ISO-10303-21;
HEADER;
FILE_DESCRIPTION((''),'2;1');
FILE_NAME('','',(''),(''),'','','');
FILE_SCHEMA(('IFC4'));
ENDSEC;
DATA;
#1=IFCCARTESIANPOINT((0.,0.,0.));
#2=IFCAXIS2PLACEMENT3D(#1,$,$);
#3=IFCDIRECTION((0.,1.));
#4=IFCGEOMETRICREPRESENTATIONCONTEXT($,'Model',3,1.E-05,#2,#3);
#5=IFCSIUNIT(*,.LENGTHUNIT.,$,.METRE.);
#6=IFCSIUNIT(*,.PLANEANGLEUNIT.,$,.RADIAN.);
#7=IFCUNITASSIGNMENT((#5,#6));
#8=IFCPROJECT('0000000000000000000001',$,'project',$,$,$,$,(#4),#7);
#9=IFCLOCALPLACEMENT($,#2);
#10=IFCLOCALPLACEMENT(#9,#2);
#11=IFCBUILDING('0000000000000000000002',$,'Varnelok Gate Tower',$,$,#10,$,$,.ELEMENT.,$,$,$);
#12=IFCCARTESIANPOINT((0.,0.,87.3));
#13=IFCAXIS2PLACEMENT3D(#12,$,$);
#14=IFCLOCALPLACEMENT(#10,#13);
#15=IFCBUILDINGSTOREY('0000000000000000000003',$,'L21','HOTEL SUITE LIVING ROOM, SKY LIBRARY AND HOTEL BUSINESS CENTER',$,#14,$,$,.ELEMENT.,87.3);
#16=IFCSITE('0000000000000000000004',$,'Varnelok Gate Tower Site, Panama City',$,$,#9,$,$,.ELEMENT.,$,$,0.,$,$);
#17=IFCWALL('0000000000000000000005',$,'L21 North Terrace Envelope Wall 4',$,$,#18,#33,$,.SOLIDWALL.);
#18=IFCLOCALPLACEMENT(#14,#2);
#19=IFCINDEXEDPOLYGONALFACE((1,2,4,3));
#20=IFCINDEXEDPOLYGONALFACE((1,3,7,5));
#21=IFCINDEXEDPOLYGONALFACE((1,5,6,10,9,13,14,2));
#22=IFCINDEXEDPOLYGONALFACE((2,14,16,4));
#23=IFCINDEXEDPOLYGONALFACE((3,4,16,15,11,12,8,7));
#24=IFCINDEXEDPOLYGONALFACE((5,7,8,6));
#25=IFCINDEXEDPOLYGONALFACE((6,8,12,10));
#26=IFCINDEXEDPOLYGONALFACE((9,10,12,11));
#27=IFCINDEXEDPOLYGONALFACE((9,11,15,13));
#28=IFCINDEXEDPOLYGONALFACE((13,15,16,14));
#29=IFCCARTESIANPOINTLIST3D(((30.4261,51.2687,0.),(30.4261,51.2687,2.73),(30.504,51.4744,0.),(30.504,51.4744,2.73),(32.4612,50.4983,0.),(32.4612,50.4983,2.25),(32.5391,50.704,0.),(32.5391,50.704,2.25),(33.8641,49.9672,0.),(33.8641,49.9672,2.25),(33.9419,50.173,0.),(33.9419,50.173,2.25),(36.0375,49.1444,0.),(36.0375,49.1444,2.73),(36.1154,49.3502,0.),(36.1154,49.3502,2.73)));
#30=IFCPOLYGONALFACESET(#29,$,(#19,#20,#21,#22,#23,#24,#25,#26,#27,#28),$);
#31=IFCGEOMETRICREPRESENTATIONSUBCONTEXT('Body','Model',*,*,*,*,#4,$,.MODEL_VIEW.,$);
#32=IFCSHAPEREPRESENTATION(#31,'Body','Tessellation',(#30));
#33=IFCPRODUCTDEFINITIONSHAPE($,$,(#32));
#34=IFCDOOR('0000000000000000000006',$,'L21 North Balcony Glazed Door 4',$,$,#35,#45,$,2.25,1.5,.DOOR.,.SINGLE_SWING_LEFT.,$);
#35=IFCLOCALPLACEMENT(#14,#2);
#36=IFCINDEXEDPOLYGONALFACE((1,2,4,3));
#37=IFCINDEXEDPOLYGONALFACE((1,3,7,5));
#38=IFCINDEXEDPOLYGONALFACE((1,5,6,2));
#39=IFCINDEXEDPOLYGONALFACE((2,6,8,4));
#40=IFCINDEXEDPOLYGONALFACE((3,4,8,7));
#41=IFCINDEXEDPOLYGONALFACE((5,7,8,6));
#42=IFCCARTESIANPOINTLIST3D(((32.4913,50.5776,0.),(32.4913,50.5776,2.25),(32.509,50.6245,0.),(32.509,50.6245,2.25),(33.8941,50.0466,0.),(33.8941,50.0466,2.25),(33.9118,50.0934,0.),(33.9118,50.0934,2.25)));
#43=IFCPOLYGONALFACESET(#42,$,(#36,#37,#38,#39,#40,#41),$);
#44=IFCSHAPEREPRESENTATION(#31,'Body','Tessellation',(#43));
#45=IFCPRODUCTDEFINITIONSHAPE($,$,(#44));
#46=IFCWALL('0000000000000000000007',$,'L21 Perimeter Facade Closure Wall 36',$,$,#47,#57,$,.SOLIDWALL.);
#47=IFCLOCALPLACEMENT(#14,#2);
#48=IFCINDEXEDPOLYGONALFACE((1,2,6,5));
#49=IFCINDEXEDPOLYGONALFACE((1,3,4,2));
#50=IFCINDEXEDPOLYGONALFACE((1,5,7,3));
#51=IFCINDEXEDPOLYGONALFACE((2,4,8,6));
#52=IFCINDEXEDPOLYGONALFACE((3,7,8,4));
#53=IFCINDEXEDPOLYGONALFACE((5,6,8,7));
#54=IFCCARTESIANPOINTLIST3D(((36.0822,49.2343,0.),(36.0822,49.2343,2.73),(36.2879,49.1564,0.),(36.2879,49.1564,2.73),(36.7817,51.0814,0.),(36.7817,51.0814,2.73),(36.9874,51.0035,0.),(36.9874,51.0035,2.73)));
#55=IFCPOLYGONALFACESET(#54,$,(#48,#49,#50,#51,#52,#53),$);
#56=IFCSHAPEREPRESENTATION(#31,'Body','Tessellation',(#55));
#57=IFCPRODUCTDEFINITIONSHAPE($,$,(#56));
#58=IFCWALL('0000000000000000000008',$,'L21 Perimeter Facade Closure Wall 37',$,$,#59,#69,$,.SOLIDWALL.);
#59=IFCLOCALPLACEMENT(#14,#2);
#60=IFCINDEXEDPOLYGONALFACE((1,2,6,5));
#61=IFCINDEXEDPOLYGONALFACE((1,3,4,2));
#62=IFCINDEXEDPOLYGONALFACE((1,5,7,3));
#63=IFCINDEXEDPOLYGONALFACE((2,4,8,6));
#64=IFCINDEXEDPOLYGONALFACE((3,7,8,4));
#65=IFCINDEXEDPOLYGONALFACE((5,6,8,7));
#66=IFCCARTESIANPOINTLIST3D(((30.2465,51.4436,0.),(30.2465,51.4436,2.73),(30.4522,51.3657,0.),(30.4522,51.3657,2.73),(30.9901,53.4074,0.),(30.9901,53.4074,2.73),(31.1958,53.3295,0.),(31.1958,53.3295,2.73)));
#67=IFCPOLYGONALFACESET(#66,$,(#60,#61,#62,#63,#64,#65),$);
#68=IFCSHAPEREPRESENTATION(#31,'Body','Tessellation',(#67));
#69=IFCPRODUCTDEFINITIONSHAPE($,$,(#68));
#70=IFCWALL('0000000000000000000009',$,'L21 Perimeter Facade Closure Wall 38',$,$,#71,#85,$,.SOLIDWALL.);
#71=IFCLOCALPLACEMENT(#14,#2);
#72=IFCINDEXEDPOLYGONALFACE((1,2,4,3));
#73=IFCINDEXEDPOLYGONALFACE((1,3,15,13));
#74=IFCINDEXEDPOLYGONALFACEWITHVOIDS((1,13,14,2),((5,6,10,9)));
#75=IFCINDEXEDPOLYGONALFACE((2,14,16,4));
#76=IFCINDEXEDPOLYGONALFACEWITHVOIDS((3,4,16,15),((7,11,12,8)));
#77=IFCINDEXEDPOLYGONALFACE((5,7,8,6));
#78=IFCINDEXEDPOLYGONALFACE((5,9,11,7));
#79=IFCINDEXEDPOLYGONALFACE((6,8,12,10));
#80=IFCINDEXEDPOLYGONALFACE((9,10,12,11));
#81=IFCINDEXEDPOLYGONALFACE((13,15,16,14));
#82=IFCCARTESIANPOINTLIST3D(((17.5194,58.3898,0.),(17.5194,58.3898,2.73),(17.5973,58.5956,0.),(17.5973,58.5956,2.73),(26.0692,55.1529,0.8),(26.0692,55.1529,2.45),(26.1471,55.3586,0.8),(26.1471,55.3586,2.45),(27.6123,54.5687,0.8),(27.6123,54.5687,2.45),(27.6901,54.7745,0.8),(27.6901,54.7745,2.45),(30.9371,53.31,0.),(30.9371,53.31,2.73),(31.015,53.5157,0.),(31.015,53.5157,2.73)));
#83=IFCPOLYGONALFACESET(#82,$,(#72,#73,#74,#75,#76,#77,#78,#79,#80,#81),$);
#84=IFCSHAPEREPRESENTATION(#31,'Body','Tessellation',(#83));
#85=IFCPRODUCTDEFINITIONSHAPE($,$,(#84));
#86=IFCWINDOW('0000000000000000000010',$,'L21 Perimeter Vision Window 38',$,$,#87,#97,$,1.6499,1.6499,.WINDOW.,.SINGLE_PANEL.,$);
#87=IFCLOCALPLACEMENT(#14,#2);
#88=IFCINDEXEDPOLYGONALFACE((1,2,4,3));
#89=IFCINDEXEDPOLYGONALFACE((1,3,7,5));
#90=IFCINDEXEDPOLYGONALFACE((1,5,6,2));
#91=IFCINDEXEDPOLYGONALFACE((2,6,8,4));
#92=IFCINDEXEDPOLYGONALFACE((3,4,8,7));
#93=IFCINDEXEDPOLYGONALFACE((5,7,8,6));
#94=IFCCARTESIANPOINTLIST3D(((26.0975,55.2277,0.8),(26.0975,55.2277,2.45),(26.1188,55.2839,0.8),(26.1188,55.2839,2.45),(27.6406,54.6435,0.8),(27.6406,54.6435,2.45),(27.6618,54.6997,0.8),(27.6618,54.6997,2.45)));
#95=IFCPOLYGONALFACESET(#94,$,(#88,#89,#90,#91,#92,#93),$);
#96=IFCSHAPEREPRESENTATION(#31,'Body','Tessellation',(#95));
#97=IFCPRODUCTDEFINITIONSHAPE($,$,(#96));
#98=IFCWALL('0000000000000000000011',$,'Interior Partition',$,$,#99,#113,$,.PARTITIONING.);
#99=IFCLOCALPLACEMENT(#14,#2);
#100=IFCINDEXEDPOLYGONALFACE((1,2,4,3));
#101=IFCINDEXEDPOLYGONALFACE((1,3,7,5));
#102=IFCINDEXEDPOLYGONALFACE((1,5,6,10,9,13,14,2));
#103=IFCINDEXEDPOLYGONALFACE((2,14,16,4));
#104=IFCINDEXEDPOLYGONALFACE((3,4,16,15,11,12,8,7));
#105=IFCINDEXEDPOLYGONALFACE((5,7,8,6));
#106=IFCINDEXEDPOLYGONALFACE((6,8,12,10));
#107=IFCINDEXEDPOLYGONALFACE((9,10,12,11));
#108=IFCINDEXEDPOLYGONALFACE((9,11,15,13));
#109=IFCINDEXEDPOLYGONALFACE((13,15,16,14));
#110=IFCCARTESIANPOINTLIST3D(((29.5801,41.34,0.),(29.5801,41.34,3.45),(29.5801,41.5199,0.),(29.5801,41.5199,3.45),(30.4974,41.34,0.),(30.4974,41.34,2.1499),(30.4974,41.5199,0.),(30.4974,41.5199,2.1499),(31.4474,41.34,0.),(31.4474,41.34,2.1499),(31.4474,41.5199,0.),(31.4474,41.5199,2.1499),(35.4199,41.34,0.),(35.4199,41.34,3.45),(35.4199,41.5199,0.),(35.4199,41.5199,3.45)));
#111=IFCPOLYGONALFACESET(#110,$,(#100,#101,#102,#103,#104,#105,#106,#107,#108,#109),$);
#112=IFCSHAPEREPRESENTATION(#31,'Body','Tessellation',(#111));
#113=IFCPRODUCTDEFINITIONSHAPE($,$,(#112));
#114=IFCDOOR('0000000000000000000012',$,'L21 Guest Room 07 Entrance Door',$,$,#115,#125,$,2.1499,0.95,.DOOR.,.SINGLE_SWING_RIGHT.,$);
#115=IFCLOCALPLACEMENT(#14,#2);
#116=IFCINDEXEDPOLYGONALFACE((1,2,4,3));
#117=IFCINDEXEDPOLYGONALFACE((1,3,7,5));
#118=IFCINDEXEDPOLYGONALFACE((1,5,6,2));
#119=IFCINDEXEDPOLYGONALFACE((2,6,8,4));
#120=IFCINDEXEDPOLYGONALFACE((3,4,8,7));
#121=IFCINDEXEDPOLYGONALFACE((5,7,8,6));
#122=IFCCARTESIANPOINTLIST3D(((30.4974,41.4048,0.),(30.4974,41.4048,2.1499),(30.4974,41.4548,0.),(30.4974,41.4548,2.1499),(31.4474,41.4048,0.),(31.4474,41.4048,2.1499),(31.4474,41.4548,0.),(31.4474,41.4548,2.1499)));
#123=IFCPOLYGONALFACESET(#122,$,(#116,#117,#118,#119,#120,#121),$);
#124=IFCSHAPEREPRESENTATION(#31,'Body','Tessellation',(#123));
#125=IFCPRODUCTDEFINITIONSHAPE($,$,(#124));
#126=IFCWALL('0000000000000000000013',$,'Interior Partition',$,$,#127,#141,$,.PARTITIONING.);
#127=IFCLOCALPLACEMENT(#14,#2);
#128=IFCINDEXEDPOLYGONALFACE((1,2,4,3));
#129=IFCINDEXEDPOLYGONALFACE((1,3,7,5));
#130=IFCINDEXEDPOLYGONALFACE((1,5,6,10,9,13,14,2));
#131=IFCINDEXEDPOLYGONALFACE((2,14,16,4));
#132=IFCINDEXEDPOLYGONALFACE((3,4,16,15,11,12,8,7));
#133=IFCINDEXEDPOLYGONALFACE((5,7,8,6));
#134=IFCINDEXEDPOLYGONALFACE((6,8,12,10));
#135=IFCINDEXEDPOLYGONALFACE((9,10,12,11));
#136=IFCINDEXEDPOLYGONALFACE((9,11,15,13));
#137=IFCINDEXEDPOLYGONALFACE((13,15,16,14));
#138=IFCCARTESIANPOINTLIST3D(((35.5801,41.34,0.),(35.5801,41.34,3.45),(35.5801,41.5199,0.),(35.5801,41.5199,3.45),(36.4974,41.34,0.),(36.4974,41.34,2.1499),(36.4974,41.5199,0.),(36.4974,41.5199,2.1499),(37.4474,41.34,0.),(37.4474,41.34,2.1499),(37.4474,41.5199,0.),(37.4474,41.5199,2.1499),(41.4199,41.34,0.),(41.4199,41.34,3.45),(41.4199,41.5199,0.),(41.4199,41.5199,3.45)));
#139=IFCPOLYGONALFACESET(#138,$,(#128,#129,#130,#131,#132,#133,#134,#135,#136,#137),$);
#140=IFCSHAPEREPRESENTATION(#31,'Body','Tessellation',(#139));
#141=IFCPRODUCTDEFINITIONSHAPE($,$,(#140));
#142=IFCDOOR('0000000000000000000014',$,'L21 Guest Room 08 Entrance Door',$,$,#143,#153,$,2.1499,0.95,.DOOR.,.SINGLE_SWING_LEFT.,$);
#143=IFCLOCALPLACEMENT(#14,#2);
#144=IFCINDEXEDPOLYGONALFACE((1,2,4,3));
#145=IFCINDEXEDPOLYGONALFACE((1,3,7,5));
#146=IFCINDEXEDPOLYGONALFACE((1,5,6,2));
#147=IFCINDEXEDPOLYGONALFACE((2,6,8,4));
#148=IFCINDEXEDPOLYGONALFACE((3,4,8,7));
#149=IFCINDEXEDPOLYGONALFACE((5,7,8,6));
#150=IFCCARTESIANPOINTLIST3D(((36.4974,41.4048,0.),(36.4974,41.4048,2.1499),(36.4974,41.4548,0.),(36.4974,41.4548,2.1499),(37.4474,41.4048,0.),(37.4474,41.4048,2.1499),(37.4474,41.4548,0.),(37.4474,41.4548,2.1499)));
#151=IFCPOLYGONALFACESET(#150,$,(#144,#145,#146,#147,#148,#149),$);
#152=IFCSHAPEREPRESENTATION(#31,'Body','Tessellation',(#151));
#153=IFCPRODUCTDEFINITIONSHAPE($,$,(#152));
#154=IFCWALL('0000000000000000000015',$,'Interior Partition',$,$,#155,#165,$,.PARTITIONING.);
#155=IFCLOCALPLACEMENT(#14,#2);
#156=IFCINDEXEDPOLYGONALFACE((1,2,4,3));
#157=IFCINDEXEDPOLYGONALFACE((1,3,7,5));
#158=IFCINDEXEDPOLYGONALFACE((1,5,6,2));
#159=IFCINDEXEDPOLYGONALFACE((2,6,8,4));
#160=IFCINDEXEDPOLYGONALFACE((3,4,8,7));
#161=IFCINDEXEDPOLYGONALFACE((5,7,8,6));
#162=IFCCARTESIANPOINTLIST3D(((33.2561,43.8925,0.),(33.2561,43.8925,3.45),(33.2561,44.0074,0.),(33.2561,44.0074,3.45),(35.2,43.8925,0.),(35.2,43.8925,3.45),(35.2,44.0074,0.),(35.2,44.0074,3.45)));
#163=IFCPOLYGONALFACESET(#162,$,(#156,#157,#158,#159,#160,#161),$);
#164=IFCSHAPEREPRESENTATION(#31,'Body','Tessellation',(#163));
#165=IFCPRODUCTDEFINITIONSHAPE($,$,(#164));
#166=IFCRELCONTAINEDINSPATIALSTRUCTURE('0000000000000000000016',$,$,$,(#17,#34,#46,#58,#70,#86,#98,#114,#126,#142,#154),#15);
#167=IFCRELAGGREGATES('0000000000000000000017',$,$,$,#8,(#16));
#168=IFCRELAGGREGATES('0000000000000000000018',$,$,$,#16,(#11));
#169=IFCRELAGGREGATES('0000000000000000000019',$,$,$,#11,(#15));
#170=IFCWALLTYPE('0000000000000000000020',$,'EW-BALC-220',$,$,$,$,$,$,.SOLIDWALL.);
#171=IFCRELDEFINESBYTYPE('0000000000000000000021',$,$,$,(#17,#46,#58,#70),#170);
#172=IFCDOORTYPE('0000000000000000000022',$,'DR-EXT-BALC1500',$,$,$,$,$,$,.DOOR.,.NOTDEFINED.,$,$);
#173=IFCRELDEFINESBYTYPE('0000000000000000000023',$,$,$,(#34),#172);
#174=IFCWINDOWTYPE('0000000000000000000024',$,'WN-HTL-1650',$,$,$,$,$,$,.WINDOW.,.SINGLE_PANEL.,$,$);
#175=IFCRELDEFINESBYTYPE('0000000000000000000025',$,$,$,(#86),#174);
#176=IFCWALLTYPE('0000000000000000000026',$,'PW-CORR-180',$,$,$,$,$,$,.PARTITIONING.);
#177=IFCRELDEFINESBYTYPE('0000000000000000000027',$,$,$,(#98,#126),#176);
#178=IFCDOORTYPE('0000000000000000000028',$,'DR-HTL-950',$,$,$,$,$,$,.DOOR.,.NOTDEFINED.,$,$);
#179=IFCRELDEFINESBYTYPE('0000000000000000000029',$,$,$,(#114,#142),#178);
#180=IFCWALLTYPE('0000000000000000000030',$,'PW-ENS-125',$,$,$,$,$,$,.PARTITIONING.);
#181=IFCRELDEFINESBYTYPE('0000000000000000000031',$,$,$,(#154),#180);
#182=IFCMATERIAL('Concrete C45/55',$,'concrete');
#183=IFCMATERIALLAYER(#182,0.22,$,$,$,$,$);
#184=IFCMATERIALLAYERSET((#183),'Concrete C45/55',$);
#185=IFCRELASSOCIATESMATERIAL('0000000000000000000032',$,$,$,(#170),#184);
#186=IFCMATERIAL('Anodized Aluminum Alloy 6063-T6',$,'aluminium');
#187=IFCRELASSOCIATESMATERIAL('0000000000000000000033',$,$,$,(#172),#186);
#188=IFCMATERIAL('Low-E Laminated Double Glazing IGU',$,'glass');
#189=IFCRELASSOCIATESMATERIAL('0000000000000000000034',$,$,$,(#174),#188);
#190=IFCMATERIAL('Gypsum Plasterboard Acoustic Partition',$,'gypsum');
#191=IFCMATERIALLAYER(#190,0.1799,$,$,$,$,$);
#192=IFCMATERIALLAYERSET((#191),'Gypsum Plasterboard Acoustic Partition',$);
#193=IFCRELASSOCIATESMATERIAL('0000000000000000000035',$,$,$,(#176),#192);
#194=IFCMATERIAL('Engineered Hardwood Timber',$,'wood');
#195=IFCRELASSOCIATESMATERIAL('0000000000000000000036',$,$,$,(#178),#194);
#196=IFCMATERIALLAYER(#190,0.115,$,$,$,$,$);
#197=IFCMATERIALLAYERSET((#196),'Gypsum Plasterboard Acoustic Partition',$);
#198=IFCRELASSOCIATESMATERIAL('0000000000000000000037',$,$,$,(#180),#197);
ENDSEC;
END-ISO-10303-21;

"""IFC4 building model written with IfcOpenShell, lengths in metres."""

from ifc_helpers import new_model, si_unit, direction, frame, frame_2d, origin, place, context, subcontext, project, spatial, rectangle, extrude, material, layer, layer_set, type_object, element, fill, save


model = new_model("IFC4")

# Units and contexts
model_context = context("Model", 3, precision=1e-05, world=origin(), true_north=direction((0.0, 1.0)))
body_context = subcontext(model_context, "Body", "Model", "MODEL_VIEW")
ifc_project = project(units=[si_unit("LENGTHUNIT", "METRE"), si_unit("PLANEANGLEUNIT", "RADIAN")], contexts=[model_context])

# Site, building, storey
site_placement = place(None, origin())
site = spatial("IfcSite", under=ifc_project, at=site_placement, Name="Varnelok Gate Tower Site, Panama City", CompositionType="ELEMENT", RefElevation=0.0)
building_placement = place(site_placement, origin())
building = spatial("IfcBuilding", under=site, at=building_placement, Name="Varnelok Gate Tower", CompositionType="ELEMENT")
storey_placement = place(building_placement, frame((0.0, 0.0, 87.3)))
storey = spatial("IfcBuildingStorey", under=building, at=storey_placement, Name="L21", Description="HOTEL SUITE LIVING ROOM, SKY LIBRARY AND HOTEL BUSINESS CENTER", CompositionType="ELEMENT", Elevation=87.3)

# Wall, opening, door
ifc_material_1 = material(Name="Concrete C45/55", Category="concrete")
ifc_layer_1 = layer(ifc_material_1, 0.22)
ifc_layer_set_1 = layer_set([ifc_layer_1], Name="Concrete C45/55")
wall_type_1 = type_object("IfcWallType", Name="EW-BALC-220", PredefinedType="SOLIDWALL", material=ifc_layer_set_1)
wall_1_placement = place(storey_placement, frame((30.4651, 51.3716, 0.0), z_axis=(0.0, 0.0, 1.0), x_axis=(0.935228, -0.354047, 0.0)))
wall_1 = element("IfcWall", 1, at=wall_1_placement, inside=storey, type_object=wall_type_1, Name="L21 North Terrace Envelope Wall 4", PredefinedType="SOLIDWALL", context=body_context, shape_type="SweptSolid", body=[
    extrude(rectangle(XDim=6.0, YDim=0.22, at=frame_2d((3.0, 0.0))), origin(), (0.0, 0.0, 1.0), 2.73),
])
opening_1_placement = place(wall_1_placement, frame((2.176, 0.0, 0.0)))
opening_1 = element("IfcOpeningElement", 2, at=opening_1_placement, cuts=wall_1, PredefinedType="OPENING", context=body_context, shape_type="SweptSolid", body=[
    extrude(rectangle(XDim=1.5, YDim=2.25, at=frame_2d((0.75, 1.125))), frame((0.0, 0.1199, 0.0), z_axis=(0.0, -1.0, 0.0), x_axis=(1.0, 0.0, 0.0)), (0.0, 0.0, 1.0), 0.24),
])
ifc_material_2 = material(Name="Anodized Aluminum Alloy 6063-T6", Category="aluminium")
door_type_1 = type_object("IfcDoorType", Name="DR-EXT-BALC1500", OperationType="NOTDEFINED", PredefinedType="DOOR", material=ifc_material_2)
door_1_placement = place(opening_1_placement, origin())
door_1 = element("IfcDoor", 3, at=door_1_placement, inside=storey, type_object=door_type_1, Name="L21 North Balcony Glazed Door 4", OperationType="SINGLE_SWING_LEFT", OverallHeight=2.25, OverallWidth=1.5, PredefinedType="DOOR", context=body_context, shape_type="SweptSolid", body=[
    extrude(rectangle(XDim=1.5, YDim=2.25, at=frame_2d((0.75, 1.125))), frame((0.0, 0.0249, 0.0), z_axis=(0.0, -1.0, 0.0), x_axis=(1.0, 0.0, 0.0)), (0.0, 0.0, 1.0), 0.05),
])
fill(opening_1, door_1)

# Walls
wall_2_placement = place(storey_placement, frame((36.8845, 51.0425, 0.0), z_axis=(0.0, 0.0, 1.0), x_axis=(-0.354129, -0.935197, 0.0)))
element("IfcWall", 4, at=wall_2_placement, inside=storey, type_object=wall_type_1, Name="L21 Perimeter Facade Closure Wall 36", PredefinedType="SOLIDWALL", context=body_context, shape_type="SweptSolid", body=[
    extrude(rectangle(XDim=1.9751, YDim=0.22, at=frame_2d((0.9875, 0.0))), origin(), (0.0, 0.0, 1.0), 2.73),
])
wall_3_placement = place(storey_placement, frame((30.3494, 51.4048, 0.0), z_axis=(0.0, 0.0, 1.0), x_axis=(0.354128, 0.935197, 0.0)))
element("IfcWall", 5, at=wall_3_placement, inside=storey, type_object=wall_type_1, Name="L21 Perimeter Facade Closure Wall 37", PredefinedType="SOLIDWALL", context=body_context, shape_type="SweptSolid", body=[
    extrude(rectangle(XDim=2.0999, YDim=0.22, at=frame_2d((1.0498, 0.0))), origin(), (0.0, 0.0, 1.0), 2.73),
])

# Wall, opening, window
wall_4_placement = place(storey_placement, frame((30.9761, 53.4128, 0.0), z_axis=(0.0, 0.0, 1.0), x_axis=(-0.93522, 0.354066, 0.0)))
wall_4 = element("IfcWall", 6, at=wall_4_placement, inside=storey, type_object=wall_type_1, Name="L21 Perimeter Facade Closure Wall 38", PredefinedType="SOLIDWALL", context=body_context, shape_type="SweptSolid", body=[
    extrude(rectangle(XDim=14.3472, YDim=0.22, at=frame_2d((7.1736, 0.0))), origin(), (0.0, 0.0, 1.0), 2.73),
])
opening_2_placement = place(wall_4_placement, frame((3.5552, 0.0, 0.8)))
opening_2 = element("IfcOpeningElement", 7, at=opening_2_placement, cuts=wall_4, PredefinedType="OPENING", context=body_context, shape_type="SweptSolid", body=[
    extrude(rectangle(XDim=1.6499, YDim=1.6499, at=frame_2d((0.825, 0.825))), frame((0.0, 0.1199, 0.0), z_axis=(0.0, -1.0, 0.0), x_axis=(1.0, 0.0, 0.0)), (0.0, 0.0, 1.0), 0.24),
])
ifc_material_3 = material(Name="Low-E Laminated Double Glazing IGU", Category="glass")
window_type = type_object("IfcWindowType", Name="WN-HTL-1650", PartitioningType="SINGLE_PANEL", PredefinedType="WINDOW", material=ifc_material_3)
window_placement = place(opening_2_placement, origin())
window = element("IfcWindow", 8, at=window_placement, inside=storey, type_object=window_type, Name="L21 Perimeter Vision Window 38", OverallHeight=1.6499, OverallWidth=1.6499, PartitioningType="SINGLE_PANEL", PredefinedType="WINDOW", context=body_context, shape_type="SweptSolid", body=[
    extrude(rectangle(XDim=1.6499, YDim=1.6499, at=frame_2d((0.825, 0.825))), frame((0.0, 0.03, 0.0), z_axis=(0.0, -1.0, 0.0), x_axis=(1.0, 0.0, 0.0)), (0.0, 0.0, 1.0), 0.0601),
])
fill(opening_2, window)

# Walls, openings, doors
ifc_material_4 = material(Name="Gypsum Plasterboard Acoustic Partition", Category="gypsum")
ifc_layer_2 = layer(ifc_material_4, 0.1799)
ifc_layer_set_2 = layer_set([ifc_layer_2], Name="Gypsum Plasterboard Acoustic Partition")
wall_type_2 = type_object("IfcWallType", Name="PW-CORR-180", PredefinedType="PARTITIONING", material=ifc_layer_set_2)
wall_5_placement = place(storey_placement, frame((29.5801, 41.4299, 0.0), z_axis=(0.0, 0.0, 1.0), x_axis=(1.0, 0.0, 0.0)))
wall_5 = element("IfcWall", 9, at=wall_5_placement, inside=storey, type_object=wall_type_2, Name="Interior Partition", PredefinedType="PARTITIONING", context=body_context, shape_type="SweptSolid", body=[
    extrude(rectangle(XDim=5.8398, YDim=0.1799, at=frame_2d((2.9199, 0.0))), origin(), (0.0, 0.0, 1.0), 3.45),
])
opening_3_placement = place(wall_5_placement, frame((0.9172, 0.0, 0.0)))
opening_3 = element("IfcOpeningElement", 10, at=opening_3_placement, cuts=wall_5, PredefinedType="OPENING", context=body_context, shape_type="SweptSolid", body=[
    extrude(rectangle(XDim=0.95, YDim=2.1499, at=frame_2d((0.4751, 1.075))), frame((0.0, 0.0999, 0.0), z_axis=(0.0, -1.0, 0.0), x_axis=(1.0, 0.0, 0.0)), (0.0, 0.0, 1.0), 0.2),
])
ifc_material_5 = material(Name="Engineered Hardwood Timber", Category="wood")
door_type_2 = type_object("IfcDoorType", Name="DR-HTL-950", OperationType="NOTDEFINED", PredefinedType="DOOR", material=ifc_material_5)
door_2_placement = place(opening_3_placement, origin())
door_2 = element("IfcDoor", 11, at=door_2_placement, inside=storey, type_object=door_type_2, Name="L21 Guest Room 07 Entrance Door", OperationType="SINGLE_SWING_RIGHT", OverallHeight=2.1499, OverallWidth=0.95, PredefinedType="DOOR", context=body_context, shape_type="SweptSolid", body=[
    extrude(rectangle(XDim=0.95, YDim=2.1499, at=frame_2d((0.4751, 1.075))), frame((0.0, 0.0249, 0.0), z_axis=(0.0, -1.0, 0.0), x_axis=(1.0, 0.0, 0.0)), (0.0, 0.0, 1.0), 0.05),
])
fill(opening_3, door_2)
wall_6_placement = place(storey_placement, frame((35.5801, 41.4299, 0.0), z_axis=(0.0, 0.0, 1.0), x_axis=(1.0, 0.0, 0.0)))
wall_6 = element("IfcWall", 12, at=wall_6_placement, inside=storey, type_object=wall_type_2, Name="Interior Partition", PredefinedType="PARTITIONING", context=body_context, shape_type="SweptSolid", body=[
    extrude(rectangle(XDim=5.8398, YDim=0.1799, at=frame_2d((2.9199, 0.0))), origin(), (0.0, 0.0, 1.0), 3.45),
])
opening_4_placement = place(wall_6_placement, frame((0.9172, 0.0, 0.0)))
opening_4 = element("IfcOpeningElement", 13, at=opening_4_placement, cuts=wall_6, PredefinedType="OPENING", context=body_context, shape_type="SweptSolid", body=[
    extrude(rectangle(XDim=0.95, YDim=2.1499, at=frame_2d((0.4751, 1.075))), frame((0.0, 0.0999, 0.0), z_axis=(0.0, -1.0, 0.0), x_axis=(1.0, 0.0, 0.0)), (0.0, 0.0, 1.0), 0.2),
])
door_3_placement = place(opening_4_placement, origin())
door_3 = element("IfcDoor", 14, at=door_3_placement, inside=storey, type_object=door_type_2, Name="L21 Guest Room 08 Entrance Door", OperationType="SINGLE_SWING_LEFT", OverallHeight=2.1499, OverallWidth=0.95, PredefinedType="DOOR", context=body_context, shape_type="SweptSolid", body=[
    extrude(rectangle(XDim=0.95, YDim=2.1499, at=frame_2d((0.4751, 1.075))), frame((0.0, 0.0249, 0.0), z_axis=(0.0, -1.0, 0.0), x_axis=(1.0, 0.0, 0.0)), (0.0, 0.0, 1.0), 0.05),
])
fill(opening_4, door_3)

# Wall
ifc_layer_3 = layer(ifc_material_4, 0.115)
ifc_layer_set_3 = layer_set([ifc_layer_3], Name="Gypsum Plasterboard Acoustic Partition")
wall_type_3 = type_object("IfcWallType", Name="PW-ENS-125", PredefinedType="PARTITIONING", material=ifc_layer_set_3)
wall_7_placement = place(storey_placement, frame((33.2561, 43.95, 0.0), z_axis=(0.0, 0.0, 1.0), x_axis=(1.0, 0.0, 0.0)))
element("IfcWall", 15, at=wall_7_placement, inside=storey, type_object=wall_type_3, Name="Interior Partition", PredefinedType="PARTITIONING", context=body_context, shape_type="SweptSolid", body=[
    extrude(rectangle(XDim=1.9438, YDim=0.115, at=frame_2d((0.9719, 0.0))), origin(), (0.0, 0.0, 1.0), 3.45),
])

save(model, "model.ifc")
